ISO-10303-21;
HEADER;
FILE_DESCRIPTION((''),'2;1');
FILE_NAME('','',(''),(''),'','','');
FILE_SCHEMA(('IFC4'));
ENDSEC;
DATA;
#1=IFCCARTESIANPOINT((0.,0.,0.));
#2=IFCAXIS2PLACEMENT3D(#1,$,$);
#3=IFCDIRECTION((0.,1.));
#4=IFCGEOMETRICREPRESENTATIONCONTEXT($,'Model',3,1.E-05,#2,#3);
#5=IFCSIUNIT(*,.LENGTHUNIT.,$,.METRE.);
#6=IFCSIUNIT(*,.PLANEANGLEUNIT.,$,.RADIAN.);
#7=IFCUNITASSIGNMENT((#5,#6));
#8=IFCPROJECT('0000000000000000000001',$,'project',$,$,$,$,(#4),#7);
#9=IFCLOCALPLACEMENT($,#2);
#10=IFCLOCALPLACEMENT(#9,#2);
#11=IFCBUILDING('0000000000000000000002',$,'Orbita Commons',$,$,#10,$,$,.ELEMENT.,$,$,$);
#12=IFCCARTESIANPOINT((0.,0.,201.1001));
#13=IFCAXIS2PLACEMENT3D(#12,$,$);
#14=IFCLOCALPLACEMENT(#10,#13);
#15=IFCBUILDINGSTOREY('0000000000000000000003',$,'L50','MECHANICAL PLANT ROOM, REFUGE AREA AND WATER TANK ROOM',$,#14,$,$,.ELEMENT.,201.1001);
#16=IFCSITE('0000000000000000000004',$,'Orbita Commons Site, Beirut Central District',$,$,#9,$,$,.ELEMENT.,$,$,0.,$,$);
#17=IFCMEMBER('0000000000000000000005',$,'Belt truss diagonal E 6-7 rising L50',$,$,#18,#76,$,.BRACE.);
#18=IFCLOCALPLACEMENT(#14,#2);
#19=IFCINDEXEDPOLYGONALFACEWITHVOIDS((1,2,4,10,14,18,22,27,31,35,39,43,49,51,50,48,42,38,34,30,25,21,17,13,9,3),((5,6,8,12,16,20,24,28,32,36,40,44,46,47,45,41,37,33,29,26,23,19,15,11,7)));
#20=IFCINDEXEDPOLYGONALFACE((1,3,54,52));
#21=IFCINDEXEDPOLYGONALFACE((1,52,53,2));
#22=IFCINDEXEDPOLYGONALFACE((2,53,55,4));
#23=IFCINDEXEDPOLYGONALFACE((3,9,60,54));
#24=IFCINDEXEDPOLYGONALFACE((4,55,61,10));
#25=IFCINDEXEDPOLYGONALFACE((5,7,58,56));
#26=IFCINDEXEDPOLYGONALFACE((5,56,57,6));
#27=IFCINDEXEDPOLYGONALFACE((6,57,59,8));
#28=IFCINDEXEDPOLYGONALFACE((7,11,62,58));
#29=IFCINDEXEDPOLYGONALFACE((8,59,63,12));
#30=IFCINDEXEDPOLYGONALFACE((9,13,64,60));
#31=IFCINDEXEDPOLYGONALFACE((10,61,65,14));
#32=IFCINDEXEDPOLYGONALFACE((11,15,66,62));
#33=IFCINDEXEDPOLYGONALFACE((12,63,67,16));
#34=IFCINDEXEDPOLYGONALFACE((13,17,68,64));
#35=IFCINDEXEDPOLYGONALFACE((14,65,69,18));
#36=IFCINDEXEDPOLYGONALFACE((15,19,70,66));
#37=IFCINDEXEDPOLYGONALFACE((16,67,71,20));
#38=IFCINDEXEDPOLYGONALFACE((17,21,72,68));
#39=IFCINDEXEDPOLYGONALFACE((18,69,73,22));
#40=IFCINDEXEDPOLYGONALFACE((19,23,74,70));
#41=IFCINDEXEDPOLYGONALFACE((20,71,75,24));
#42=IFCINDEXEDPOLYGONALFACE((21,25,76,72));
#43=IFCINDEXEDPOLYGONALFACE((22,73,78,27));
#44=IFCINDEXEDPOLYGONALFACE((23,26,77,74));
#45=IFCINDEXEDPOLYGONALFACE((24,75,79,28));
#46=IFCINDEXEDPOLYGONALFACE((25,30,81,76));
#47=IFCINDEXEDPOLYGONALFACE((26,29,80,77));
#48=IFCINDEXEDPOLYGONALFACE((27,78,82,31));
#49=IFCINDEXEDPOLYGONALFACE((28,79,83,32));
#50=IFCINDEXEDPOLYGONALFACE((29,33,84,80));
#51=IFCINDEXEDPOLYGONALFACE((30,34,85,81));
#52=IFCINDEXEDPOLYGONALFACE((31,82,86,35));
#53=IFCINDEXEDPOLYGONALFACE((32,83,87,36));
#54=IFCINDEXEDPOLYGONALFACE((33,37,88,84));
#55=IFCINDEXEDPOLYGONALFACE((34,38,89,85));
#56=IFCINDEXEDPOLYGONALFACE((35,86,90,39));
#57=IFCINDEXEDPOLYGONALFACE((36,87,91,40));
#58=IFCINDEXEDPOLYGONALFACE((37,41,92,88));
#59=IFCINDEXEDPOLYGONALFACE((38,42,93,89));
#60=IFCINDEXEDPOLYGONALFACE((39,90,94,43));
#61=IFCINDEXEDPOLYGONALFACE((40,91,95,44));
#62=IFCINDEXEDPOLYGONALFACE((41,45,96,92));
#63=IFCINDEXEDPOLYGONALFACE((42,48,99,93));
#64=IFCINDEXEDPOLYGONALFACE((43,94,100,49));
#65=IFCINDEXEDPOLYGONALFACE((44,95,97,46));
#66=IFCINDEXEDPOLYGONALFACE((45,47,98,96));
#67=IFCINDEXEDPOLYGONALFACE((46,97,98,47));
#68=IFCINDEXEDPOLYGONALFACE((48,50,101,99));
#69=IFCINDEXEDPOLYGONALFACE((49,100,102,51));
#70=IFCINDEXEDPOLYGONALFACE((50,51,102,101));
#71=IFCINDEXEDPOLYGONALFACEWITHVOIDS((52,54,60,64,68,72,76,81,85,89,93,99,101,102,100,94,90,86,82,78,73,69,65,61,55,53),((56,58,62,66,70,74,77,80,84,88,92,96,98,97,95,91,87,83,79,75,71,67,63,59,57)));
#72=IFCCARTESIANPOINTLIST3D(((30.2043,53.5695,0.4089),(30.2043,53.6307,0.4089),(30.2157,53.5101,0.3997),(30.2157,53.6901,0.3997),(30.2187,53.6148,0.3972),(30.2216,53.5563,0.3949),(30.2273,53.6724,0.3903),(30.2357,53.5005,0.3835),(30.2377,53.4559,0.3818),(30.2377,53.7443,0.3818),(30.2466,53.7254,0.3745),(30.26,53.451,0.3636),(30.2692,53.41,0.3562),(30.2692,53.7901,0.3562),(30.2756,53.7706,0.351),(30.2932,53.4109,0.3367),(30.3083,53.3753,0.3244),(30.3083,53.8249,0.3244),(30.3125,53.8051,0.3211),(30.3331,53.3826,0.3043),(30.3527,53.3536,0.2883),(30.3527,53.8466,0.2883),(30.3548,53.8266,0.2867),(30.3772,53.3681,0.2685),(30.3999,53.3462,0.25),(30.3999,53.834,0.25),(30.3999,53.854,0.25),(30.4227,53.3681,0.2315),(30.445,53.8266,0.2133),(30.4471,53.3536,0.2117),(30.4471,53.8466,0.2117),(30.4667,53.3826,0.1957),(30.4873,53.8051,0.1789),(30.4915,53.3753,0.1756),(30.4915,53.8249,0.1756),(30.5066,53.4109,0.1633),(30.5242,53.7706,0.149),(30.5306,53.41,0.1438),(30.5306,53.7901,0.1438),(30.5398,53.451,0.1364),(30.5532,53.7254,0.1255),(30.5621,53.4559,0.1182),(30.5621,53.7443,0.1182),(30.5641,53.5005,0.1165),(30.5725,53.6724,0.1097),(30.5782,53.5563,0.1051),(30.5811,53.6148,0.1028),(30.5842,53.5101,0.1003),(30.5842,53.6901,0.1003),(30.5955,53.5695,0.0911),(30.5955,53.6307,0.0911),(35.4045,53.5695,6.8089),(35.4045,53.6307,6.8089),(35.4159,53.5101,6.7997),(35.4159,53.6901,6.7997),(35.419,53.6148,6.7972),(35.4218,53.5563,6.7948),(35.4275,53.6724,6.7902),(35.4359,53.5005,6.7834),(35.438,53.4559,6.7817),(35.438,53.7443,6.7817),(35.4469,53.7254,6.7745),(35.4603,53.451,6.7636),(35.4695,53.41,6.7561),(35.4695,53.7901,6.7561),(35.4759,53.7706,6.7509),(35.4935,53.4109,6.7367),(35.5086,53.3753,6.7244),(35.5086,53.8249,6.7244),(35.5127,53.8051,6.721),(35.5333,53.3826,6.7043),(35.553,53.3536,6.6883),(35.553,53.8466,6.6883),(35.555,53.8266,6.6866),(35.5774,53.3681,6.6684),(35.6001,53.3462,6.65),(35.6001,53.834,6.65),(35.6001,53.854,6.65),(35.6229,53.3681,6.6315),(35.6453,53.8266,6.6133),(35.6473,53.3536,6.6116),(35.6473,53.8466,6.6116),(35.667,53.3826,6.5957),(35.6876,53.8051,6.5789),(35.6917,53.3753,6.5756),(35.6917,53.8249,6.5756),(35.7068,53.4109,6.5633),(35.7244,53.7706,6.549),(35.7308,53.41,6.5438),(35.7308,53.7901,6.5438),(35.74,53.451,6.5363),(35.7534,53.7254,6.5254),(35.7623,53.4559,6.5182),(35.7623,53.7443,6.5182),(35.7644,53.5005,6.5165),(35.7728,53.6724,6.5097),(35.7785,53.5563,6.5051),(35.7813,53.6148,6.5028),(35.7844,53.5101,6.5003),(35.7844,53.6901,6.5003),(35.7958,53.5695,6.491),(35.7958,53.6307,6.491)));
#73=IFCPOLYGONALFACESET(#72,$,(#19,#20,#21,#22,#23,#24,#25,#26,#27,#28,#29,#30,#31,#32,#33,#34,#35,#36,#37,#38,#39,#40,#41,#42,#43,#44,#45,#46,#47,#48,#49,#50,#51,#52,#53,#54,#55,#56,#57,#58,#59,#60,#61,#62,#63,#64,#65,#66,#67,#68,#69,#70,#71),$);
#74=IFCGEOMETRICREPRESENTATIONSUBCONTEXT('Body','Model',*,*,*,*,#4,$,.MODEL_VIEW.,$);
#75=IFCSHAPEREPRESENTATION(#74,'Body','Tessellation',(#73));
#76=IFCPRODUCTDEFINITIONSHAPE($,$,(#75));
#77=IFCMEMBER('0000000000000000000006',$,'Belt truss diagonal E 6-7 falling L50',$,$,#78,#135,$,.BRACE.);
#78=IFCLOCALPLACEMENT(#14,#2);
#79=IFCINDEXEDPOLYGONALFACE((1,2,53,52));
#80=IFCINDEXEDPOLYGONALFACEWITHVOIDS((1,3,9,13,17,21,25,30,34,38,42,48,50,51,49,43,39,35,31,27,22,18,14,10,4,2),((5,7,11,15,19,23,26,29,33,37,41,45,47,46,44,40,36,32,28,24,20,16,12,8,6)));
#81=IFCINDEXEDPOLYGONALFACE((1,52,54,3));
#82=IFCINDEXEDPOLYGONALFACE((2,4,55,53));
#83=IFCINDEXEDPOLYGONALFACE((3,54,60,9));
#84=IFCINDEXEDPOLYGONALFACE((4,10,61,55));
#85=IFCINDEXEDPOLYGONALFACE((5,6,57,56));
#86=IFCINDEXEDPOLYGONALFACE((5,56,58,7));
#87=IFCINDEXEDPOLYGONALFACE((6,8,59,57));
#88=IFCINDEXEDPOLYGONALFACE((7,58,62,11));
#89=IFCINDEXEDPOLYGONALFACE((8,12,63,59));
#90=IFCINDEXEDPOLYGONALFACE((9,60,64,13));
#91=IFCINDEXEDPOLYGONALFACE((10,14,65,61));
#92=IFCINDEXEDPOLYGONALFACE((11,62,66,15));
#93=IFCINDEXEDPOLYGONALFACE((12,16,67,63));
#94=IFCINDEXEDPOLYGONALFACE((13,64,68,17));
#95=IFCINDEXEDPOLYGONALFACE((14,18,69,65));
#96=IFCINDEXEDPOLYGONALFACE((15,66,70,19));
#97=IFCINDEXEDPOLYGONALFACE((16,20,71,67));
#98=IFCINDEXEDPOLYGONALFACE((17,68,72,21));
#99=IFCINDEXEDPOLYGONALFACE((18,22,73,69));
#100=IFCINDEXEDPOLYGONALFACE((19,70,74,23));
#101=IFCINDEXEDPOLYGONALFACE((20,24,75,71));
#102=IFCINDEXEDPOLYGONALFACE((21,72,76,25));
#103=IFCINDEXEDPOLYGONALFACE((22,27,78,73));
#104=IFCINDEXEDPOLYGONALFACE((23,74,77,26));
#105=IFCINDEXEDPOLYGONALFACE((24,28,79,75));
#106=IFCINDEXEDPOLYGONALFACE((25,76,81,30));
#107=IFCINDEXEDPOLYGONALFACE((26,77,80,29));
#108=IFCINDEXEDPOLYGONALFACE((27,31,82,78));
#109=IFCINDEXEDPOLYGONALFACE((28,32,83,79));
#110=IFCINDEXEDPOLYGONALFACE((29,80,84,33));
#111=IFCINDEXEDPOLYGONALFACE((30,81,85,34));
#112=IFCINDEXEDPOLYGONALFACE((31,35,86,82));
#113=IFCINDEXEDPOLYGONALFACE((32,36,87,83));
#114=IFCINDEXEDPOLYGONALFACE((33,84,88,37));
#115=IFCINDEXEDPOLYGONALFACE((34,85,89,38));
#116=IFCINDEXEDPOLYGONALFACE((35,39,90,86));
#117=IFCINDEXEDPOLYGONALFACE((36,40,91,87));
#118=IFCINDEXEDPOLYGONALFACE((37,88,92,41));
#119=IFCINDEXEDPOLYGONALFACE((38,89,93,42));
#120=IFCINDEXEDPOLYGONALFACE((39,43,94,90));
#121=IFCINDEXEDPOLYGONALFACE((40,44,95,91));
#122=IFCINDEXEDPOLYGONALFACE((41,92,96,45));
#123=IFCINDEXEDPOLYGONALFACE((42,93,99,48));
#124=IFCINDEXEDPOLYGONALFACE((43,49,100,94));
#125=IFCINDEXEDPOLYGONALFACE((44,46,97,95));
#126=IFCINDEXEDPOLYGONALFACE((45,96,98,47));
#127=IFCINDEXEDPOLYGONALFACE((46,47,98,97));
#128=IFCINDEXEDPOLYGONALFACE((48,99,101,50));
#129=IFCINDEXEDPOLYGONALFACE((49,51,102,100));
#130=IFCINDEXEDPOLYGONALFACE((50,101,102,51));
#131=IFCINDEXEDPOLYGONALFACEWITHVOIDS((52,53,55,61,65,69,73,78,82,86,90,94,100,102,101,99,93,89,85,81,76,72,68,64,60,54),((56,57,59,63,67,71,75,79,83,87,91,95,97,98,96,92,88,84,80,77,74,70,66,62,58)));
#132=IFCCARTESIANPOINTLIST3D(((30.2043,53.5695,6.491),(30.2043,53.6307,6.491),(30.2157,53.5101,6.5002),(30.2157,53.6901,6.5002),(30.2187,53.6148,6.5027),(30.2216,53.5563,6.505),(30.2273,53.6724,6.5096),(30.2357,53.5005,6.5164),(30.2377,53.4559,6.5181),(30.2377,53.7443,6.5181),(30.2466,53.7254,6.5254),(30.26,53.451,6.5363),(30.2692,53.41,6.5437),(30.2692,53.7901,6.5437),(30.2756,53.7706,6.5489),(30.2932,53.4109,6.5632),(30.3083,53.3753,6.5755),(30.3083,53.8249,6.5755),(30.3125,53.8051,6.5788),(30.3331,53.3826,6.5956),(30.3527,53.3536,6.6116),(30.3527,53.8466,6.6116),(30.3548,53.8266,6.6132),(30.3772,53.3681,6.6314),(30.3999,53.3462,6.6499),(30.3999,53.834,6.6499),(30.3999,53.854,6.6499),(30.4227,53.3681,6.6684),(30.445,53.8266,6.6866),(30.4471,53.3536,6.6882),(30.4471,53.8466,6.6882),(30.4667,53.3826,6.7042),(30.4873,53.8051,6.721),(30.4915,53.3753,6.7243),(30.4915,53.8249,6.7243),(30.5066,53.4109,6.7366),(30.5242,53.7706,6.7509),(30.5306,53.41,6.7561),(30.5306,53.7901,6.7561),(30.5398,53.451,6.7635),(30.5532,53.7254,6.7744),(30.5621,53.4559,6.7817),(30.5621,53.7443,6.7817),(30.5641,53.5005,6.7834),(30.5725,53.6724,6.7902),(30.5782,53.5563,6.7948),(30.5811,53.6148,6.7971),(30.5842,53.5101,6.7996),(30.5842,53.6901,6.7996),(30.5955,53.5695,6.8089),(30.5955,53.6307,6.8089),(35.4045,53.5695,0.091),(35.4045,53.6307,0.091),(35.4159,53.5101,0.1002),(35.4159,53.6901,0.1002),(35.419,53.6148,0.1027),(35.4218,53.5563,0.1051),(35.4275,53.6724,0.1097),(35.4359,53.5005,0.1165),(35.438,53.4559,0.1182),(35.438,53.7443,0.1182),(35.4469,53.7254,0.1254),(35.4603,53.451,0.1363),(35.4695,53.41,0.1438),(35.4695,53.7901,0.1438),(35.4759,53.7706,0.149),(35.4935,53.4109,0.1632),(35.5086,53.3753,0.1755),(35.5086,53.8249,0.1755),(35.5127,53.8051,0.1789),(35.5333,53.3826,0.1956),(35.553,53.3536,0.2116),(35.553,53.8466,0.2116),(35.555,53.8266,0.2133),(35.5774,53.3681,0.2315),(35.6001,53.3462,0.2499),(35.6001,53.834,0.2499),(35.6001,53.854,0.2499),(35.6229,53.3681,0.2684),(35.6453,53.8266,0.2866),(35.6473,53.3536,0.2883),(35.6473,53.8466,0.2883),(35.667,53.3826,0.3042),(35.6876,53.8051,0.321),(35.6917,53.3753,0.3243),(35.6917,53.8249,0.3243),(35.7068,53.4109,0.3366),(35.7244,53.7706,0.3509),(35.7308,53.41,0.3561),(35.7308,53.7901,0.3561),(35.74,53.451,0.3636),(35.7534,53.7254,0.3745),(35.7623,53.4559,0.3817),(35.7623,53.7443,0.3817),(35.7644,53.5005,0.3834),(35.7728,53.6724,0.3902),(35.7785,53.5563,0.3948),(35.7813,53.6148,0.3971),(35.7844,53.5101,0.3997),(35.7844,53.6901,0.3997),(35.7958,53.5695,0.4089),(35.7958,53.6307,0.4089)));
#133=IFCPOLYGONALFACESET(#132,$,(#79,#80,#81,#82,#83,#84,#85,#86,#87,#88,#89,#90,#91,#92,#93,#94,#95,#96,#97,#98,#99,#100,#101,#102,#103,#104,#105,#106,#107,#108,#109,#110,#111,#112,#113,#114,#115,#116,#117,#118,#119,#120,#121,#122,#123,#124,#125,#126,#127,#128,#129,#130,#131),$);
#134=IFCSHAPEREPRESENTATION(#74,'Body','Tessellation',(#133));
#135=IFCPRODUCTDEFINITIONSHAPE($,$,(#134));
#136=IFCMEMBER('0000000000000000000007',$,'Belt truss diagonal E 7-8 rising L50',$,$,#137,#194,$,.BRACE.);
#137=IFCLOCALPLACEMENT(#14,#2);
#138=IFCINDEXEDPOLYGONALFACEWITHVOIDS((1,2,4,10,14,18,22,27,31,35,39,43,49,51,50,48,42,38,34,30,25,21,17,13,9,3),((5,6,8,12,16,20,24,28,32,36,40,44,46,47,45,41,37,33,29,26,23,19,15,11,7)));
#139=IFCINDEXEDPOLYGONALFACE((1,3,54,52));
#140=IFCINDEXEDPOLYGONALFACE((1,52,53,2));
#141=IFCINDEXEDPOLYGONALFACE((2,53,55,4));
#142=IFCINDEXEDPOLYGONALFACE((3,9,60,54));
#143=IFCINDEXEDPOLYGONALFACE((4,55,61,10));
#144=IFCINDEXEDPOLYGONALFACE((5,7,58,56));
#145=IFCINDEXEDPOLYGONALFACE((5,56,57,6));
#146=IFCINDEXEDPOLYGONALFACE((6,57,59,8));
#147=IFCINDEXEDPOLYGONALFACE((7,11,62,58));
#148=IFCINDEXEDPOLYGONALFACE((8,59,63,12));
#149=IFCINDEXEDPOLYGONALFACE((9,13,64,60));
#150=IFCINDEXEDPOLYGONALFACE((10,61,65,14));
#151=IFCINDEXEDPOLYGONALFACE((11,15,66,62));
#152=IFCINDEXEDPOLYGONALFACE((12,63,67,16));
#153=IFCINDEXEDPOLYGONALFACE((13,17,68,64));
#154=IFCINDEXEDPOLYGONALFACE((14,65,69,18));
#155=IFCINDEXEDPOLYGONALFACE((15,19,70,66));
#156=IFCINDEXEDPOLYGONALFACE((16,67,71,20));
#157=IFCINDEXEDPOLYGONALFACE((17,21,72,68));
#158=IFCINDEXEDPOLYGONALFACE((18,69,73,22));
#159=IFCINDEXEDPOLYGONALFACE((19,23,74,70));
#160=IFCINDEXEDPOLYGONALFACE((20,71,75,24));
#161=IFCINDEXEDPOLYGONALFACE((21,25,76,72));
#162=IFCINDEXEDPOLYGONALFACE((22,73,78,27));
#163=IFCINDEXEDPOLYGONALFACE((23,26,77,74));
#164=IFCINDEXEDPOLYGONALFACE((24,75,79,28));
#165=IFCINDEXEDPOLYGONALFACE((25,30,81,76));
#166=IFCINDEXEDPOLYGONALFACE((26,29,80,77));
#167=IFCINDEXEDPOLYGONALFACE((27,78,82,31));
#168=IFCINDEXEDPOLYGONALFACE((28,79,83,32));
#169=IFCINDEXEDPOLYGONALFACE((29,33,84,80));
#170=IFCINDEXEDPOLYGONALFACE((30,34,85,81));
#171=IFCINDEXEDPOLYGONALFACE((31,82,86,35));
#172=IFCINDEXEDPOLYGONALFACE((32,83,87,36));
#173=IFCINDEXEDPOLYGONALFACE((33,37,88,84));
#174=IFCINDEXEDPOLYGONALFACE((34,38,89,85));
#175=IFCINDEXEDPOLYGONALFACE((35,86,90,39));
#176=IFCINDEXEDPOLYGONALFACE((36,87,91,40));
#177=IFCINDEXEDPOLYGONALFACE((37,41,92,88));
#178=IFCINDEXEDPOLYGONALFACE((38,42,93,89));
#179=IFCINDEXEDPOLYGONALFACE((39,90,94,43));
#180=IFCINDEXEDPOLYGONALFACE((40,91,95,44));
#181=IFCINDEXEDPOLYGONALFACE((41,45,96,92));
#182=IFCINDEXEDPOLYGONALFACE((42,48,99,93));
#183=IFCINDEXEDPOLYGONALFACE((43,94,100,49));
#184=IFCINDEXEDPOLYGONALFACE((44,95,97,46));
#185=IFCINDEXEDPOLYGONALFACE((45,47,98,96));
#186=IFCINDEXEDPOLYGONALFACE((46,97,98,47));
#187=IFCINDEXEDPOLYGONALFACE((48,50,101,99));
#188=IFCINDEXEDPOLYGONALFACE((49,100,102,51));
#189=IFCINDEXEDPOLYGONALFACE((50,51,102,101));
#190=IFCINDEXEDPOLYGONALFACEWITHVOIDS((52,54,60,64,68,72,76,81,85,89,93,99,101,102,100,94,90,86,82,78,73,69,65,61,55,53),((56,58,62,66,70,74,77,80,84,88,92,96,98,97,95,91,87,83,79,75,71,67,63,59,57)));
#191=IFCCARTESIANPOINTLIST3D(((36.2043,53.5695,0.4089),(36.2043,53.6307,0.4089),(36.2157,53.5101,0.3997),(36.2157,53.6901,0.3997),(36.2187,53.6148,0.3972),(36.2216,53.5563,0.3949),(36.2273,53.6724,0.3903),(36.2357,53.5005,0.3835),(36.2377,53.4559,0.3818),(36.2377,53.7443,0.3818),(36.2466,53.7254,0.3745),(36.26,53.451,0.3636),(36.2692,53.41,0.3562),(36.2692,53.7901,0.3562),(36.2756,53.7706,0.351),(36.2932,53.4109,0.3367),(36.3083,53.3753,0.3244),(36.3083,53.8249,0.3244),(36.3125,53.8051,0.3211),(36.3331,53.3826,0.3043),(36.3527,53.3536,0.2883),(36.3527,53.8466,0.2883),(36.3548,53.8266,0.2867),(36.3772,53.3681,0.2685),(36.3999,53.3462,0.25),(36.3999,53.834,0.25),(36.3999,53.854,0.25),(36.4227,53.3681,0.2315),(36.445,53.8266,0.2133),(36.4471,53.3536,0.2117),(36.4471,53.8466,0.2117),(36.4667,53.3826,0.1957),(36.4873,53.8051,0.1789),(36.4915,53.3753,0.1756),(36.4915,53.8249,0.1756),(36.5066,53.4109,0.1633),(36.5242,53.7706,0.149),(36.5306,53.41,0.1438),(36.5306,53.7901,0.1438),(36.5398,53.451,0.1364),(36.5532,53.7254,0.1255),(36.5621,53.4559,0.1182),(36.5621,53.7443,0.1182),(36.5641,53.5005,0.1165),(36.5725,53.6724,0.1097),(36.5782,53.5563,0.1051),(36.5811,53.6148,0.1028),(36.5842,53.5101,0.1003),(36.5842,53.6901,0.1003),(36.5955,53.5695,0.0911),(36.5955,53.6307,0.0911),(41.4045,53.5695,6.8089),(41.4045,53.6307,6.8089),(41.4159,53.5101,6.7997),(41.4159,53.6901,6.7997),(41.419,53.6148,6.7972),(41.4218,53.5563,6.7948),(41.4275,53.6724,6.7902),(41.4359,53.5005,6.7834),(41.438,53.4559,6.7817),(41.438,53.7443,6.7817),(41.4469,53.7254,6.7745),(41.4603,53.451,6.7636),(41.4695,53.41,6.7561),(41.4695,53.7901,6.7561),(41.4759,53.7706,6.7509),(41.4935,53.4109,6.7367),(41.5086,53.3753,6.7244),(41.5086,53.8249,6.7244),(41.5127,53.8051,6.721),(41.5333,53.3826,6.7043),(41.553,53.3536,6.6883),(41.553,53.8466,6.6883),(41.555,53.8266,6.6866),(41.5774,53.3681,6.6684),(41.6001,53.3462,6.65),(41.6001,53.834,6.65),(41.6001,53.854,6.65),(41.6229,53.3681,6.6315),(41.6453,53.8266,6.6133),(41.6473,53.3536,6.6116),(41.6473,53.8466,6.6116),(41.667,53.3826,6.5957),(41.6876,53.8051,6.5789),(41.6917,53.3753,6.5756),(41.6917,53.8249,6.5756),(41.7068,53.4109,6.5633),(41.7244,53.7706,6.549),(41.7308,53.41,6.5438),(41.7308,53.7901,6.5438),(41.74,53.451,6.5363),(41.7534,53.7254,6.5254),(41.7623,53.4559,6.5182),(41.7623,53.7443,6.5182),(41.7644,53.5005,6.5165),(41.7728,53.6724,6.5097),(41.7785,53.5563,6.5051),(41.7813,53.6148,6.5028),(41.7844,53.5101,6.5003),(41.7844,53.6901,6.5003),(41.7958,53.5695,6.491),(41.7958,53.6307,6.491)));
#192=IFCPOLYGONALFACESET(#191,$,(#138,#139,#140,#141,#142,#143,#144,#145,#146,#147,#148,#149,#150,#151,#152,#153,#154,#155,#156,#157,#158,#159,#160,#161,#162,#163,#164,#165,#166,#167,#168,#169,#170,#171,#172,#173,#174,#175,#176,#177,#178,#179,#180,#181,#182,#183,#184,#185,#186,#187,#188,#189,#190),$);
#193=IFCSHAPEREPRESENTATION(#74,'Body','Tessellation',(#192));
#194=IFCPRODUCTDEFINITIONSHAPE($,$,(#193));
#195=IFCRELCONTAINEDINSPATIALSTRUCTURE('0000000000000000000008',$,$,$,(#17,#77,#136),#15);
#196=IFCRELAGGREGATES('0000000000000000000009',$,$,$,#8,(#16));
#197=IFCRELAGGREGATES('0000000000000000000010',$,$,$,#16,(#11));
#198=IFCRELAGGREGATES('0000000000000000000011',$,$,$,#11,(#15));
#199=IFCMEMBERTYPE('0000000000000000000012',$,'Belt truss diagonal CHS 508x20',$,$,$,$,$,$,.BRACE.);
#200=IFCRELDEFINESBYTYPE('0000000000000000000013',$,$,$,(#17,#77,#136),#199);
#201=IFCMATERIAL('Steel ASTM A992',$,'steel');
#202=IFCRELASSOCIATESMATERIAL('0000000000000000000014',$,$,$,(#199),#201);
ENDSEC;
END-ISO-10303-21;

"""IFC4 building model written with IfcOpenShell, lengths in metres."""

from ifc_helpers import new_model, si_unit, direction, frame, origin, origin_2d, place, context, subcontext, project, spatial, hollow_circle, extrude, material, material_profile, profile_set, type_object, element, save


model = new_model("IFC4")

# Units and contexts
model_context = context("Model", 3, precision=1e-05, world=origin(), true_north=direction((0.0, 1.0)))
body_context = subcontext(model_context, "Body", "Model", "MODEL_VIEW")
ifc_project = project(units=[si_unit("LENGTHUNIT", "METRE"), si_unit("PLANEANGLEUNIT", "RADIAN")], contexts=[model_context])

# Site, building, storey
site_placement = place(None, origin())
site = spatial("IfcSite", under=ifc_project, at=site_placement, Name="Orbita Commons Site, Beirut Central District", CompositionType="ELEMENT", RefElevation=0.0)
building_placement = place(site_placement, origin())
building = spatial("IfcBuilding", under=site, at=building_placement, Name="Orbita Commons", CompositionType="ELEMENT")
storey_placement = place(building_placement, frame((0.0, 0.0, 201.1001)))
storey = spatial("IfcBuildingStorey", under=building, at=storey_placement, Name="L50", Description="MECHANICAL PLANT ROOM, REFUGE AREA AND WATER TANK ROOM", CompositionType="ELEMENT", Elevation=201.1001)

# Members
ifc_material_1 = material(Name="Steel ASTM A992", Category="steel")
ifc_material_profile_1 = material_profile(ifc_material_1, hollow_circle(Radius=0.2539, WallThickness=0.02, at=origin_2d()), Name="CHS 508x20")
ifc_profile_set_1 = profile_set([ifc_material_profile_1], Name="Steel ASTM A992")
member_type_1 = type_object("IfcMemberType", Name="Belt truss diagonal CHS 508x20", PredefinedType="BRACE", material=ifc_profile_set_1)
for number, where, z_axis, x_axis, name in (
    (1, (30.3999, 53.6001, 0.25), (0.630613, 0.0, 0.776098), (0.0, 1.0, 0.0), "Belt truss diagonal E 6-7 rising L50"),
    (2, (30.3999, 53.6001, 6.6499), (0.630613, 0.0, -0.776098), (0.0, 1.0, 0.0), "Belt truss diagonal E 6-7 falling L50"),
    (3, (36.3999, 53.6001, 0.25), (0.630613, 0.0, 0.776098), (0.0, 1.0, 0.0), "Belt truss diagonal E 7-8 rising L50"),
):
    element("IfcMember", number, at=place(storey_placement, frame(where, z_axis=z_axis, x_axis=x_axis)), inside=storey, type_object=member_type_1, Name=name, PredefinedType="BRACE", context=body_context, shape_type="SweptSolid", body=[
        extrude(hollow_circle(Radius=0.2539, WallThickness=0.02, at=origin_2d()), origin(), (0.0, 0.0, 1.0), 8.2463),
    ])

save(model, "model.ifc")
